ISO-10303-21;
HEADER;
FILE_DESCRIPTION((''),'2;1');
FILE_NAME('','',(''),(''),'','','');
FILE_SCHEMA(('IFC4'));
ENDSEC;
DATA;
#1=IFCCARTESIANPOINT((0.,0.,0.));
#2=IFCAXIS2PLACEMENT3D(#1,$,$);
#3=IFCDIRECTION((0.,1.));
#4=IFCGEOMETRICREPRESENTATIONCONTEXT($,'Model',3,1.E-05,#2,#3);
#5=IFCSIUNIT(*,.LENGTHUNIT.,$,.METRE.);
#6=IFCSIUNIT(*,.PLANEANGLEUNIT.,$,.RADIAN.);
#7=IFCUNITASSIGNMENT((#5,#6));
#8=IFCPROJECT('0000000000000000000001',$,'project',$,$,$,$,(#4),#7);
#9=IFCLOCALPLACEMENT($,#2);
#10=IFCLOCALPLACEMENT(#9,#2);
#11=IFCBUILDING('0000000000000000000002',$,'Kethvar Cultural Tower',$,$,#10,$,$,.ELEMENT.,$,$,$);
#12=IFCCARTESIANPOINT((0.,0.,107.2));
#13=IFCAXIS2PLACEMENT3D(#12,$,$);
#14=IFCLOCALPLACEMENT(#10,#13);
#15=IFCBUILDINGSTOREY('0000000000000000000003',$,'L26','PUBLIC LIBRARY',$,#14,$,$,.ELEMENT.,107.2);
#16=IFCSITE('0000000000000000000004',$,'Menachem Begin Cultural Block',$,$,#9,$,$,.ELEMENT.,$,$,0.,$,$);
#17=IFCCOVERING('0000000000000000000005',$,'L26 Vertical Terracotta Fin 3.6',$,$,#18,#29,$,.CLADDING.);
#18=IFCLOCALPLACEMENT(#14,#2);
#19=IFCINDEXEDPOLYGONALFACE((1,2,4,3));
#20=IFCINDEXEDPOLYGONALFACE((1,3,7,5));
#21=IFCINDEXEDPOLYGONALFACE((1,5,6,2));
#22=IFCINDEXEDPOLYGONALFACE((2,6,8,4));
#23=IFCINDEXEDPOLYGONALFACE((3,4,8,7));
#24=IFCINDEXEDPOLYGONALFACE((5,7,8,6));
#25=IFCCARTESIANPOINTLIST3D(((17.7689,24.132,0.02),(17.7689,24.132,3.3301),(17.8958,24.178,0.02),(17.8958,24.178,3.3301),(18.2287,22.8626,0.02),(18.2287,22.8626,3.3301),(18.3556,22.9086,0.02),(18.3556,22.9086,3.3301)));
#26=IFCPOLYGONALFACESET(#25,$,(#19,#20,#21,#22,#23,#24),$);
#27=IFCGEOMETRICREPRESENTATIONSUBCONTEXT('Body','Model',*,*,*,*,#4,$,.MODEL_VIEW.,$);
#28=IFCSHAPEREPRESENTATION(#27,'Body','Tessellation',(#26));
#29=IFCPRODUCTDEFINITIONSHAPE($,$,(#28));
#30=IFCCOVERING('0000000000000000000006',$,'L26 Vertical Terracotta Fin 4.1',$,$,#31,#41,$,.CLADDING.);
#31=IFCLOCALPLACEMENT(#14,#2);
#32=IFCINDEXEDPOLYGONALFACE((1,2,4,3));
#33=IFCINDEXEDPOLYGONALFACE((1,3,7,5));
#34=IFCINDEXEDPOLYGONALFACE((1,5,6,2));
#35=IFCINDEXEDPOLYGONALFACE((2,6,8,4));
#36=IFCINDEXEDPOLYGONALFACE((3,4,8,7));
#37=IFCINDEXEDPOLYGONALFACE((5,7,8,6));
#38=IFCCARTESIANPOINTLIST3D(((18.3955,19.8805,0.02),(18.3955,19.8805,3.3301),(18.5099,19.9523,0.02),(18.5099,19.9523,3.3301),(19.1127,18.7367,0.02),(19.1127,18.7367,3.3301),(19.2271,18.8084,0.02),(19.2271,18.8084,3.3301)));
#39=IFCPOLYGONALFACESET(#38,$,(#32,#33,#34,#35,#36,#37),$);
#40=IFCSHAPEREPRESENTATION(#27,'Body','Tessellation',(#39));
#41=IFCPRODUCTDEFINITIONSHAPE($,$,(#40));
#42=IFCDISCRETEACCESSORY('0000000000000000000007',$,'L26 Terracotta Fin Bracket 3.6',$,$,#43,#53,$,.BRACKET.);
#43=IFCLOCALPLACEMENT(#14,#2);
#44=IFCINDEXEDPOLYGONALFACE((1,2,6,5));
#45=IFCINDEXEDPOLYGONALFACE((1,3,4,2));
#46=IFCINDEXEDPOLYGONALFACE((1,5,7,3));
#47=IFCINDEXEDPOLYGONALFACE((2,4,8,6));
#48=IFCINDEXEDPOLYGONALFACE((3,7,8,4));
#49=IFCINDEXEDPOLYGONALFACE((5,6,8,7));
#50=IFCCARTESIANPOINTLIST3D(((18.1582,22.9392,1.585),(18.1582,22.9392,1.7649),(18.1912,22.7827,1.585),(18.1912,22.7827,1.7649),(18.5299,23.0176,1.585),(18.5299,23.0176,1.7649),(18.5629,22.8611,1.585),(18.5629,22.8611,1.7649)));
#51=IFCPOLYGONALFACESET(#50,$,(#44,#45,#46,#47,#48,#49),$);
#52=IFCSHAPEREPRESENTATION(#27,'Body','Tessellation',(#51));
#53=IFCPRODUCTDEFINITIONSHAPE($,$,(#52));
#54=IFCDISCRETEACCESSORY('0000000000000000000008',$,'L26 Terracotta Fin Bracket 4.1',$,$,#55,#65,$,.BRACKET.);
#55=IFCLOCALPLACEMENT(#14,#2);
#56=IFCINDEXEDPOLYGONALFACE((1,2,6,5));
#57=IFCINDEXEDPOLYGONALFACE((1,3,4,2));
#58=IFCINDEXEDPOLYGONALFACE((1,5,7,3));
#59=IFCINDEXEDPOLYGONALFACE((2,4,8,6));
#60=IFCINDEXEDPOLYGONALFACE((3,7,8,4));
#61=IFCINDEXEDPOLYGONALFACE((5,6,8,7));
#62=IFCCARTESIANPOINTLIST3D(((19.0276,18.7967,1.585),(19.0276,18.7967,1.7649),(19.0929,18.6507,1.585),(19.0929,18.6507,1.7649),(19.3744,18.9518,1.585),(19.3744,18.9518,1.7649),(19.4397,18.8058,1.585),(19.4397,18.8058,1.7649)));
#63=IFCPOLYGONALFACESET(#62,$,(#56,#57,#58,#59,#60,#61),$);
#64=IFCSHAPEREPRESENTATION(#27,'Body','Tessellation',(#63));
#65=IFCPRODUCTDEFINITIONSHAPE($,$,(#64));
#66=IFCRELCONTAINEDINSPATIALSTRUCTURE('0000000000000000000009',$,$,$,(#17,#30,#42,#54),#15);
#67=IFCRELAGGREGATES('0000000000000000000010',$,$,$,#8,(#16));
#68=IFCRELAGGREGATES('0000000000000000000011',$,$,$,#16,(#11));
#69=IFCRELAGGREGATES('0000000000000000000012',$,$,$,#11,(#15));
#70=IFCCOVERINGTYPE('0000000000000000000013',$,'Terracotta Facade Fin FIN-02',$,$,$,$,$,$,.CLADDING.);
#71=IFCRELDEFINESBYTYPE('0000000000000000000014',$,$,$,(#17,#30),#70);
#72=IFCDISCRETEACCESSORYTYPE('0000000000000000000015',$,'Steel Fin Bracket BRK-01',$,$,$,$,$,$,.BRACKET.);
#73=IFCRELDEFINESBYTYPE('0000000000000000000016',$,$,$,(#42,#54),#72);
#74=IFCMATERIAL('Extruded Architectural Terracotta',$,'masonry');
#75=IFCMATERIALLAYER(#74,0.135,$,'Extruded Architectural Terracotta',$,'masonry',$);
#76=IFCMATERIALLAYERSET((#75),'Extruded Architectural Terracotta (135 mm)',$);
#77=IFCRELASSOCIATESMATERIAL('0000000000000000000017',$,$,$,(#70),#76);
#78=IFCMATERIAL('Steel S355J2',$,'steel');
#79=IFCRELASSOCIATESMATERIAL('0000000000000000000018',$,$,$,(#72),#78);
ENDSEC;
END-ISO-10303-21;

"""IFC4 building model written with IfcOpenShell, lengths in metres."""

from ifc_helpers import new_model, si_unit, direction, frame, origin, origin_2d, place, context, subcontext, project, spatial, rectangle, extrude, source, transform, mapped, material, layer, layer_set, type_object, element, save


model = new_model("IFC4")

# Units and contexts
model_context = context("Model", 3, precision=1e-05, world=origin(), true_north=direction((0.0, 1.0)))
body_context = subcontext(model_context, "Body", "Model", "MODEL_VIEW")
ifc_project = project(units=[si_unit("LENGTHUNIT", "METRE"), si_unit("PLANEANGLEUNIT", "RADIAN")], contexts=[model_context])

# Site, building, storey
site_placement = place(None, origin())
site = spatial("IfcSite", under=ifc_project, at=site_placement, Name="Menachem Begin Cultural Block", CompositionType="ELEMENT", RefElevation=0.0)
building_placement = place(site_placement, origin())
building = spatial("IfcBuilding", under=site, at=building_placement, Name="Kethvar Cultural Tower", CompositionType="ELEMENT")
storey_placement = place(building_placement, frame((0.0, 0.0, 107.2)))
storey = spatial("IfcBuildingStorey", under=building, at=storey_placement, Name="L26", Description="PUBLIC LIBRARY", CompositionType="ELEMENT", Elevation=107.2)

# Coverings
ifc_material_1 = material(Name="Extruded Architectural Terracotta", Category="masonry")
ifc_layer_1 = layer(ifc_material_1, 0.135, Name="Extruded Architectural Terracotta", Category="masonry")
ifc_layer_set_1 = layer_set([ifc_layer_1], Name="Extruded Architectural Terracotta (135 mm)")
covering_type_1 = type_object("IfcCoveringType", Name="Terracotta Facade Fin FIN-02", PredefinedType="CLADDING", material=ifc_layer_set_1)
shared_shape_1 = source(origin(), body_context, "Body", "SweptSolid", [
    extrude(rectangle(XDim=1.3501, YDim=0.135, at=origin_2d()), origin(), (0.0, 0.0, 1.0), 3.3101),
])
for number, where, z_axis, x_axis, name in (
    (1, (18.0623, 23.5203, 0.02), (0.0, 0.0, 1.0), (-0.340544, 0.940229, 0.0), "L26 Vertical Terracotta Fin 3.6"),
    (2, (18.8113, 19.3445, 0.02), (0.0, 0.0, 1.0), (-0.531251, 0.847215, 0.0), "L26 Vertical Terracotta Fin 4.1"),
):
    element("IfcCovering", number, at=place(storey_placement, frame(where, z_axis=z_axis, x_axis=x_axis)), inside=storey, type_object=covering_type_1, Name=name, PredefinedType="CLADDING", context=body_context, shape_type="MappedRepresentation", body=[
        mapped(shared_shape_1, transform((0.0, 0.0, 0.0), scale=1.0)),
    ])

# Discrete accessories
ifc_material_2 = material(Name="Steel S355J2", Category="steel")
discrete_accessory_type = type_object("IfcDiscreteAccessoryType", Name="Steel Fin Bracket BRK-01", PredefinedType="BRACKET", material=ifc_material_2)
shared_shape_2 = source(origin(), body_context, "Body", "SweptSolid", [
    extrude(rectangle(XDim=0.3799, YDim=0.1599, at=origin_2d()), origin(), (0.0, 0.0, 1.0), 0.1799),
])
for number, where, z_axis, x_axis, name in (
    (3, (18.3606, 22.9001, 1.585), (0.0, 0.0, 1.0), (-0.978473, -0.206375, 0.0), "L26 Terracotta Fin Bracket 3.6"),
    (4, (19.2336, 18.8013, 1.585), (0.0, 0.0, 1.0), (-0.912905, -0.408171, 0.0), "L26 Terracotta Fin Bracket 4.1"),
):
    element("IfcDiscreteAccessory", number, at=place(storey_placement, frame(where, z_axis=z_axis, x_axis=x_axis)), inside=storey, type_object=discrete_accessory_type, Name=name, PredefinedType="BRACKET", context=body_context, shape_type="MappedRepresentation", body=[
        mapped(shared_shape_2, transform((0.0, 0.0, 0.0), scale=1.0)),
    ])

save(model, "model.ifc")
